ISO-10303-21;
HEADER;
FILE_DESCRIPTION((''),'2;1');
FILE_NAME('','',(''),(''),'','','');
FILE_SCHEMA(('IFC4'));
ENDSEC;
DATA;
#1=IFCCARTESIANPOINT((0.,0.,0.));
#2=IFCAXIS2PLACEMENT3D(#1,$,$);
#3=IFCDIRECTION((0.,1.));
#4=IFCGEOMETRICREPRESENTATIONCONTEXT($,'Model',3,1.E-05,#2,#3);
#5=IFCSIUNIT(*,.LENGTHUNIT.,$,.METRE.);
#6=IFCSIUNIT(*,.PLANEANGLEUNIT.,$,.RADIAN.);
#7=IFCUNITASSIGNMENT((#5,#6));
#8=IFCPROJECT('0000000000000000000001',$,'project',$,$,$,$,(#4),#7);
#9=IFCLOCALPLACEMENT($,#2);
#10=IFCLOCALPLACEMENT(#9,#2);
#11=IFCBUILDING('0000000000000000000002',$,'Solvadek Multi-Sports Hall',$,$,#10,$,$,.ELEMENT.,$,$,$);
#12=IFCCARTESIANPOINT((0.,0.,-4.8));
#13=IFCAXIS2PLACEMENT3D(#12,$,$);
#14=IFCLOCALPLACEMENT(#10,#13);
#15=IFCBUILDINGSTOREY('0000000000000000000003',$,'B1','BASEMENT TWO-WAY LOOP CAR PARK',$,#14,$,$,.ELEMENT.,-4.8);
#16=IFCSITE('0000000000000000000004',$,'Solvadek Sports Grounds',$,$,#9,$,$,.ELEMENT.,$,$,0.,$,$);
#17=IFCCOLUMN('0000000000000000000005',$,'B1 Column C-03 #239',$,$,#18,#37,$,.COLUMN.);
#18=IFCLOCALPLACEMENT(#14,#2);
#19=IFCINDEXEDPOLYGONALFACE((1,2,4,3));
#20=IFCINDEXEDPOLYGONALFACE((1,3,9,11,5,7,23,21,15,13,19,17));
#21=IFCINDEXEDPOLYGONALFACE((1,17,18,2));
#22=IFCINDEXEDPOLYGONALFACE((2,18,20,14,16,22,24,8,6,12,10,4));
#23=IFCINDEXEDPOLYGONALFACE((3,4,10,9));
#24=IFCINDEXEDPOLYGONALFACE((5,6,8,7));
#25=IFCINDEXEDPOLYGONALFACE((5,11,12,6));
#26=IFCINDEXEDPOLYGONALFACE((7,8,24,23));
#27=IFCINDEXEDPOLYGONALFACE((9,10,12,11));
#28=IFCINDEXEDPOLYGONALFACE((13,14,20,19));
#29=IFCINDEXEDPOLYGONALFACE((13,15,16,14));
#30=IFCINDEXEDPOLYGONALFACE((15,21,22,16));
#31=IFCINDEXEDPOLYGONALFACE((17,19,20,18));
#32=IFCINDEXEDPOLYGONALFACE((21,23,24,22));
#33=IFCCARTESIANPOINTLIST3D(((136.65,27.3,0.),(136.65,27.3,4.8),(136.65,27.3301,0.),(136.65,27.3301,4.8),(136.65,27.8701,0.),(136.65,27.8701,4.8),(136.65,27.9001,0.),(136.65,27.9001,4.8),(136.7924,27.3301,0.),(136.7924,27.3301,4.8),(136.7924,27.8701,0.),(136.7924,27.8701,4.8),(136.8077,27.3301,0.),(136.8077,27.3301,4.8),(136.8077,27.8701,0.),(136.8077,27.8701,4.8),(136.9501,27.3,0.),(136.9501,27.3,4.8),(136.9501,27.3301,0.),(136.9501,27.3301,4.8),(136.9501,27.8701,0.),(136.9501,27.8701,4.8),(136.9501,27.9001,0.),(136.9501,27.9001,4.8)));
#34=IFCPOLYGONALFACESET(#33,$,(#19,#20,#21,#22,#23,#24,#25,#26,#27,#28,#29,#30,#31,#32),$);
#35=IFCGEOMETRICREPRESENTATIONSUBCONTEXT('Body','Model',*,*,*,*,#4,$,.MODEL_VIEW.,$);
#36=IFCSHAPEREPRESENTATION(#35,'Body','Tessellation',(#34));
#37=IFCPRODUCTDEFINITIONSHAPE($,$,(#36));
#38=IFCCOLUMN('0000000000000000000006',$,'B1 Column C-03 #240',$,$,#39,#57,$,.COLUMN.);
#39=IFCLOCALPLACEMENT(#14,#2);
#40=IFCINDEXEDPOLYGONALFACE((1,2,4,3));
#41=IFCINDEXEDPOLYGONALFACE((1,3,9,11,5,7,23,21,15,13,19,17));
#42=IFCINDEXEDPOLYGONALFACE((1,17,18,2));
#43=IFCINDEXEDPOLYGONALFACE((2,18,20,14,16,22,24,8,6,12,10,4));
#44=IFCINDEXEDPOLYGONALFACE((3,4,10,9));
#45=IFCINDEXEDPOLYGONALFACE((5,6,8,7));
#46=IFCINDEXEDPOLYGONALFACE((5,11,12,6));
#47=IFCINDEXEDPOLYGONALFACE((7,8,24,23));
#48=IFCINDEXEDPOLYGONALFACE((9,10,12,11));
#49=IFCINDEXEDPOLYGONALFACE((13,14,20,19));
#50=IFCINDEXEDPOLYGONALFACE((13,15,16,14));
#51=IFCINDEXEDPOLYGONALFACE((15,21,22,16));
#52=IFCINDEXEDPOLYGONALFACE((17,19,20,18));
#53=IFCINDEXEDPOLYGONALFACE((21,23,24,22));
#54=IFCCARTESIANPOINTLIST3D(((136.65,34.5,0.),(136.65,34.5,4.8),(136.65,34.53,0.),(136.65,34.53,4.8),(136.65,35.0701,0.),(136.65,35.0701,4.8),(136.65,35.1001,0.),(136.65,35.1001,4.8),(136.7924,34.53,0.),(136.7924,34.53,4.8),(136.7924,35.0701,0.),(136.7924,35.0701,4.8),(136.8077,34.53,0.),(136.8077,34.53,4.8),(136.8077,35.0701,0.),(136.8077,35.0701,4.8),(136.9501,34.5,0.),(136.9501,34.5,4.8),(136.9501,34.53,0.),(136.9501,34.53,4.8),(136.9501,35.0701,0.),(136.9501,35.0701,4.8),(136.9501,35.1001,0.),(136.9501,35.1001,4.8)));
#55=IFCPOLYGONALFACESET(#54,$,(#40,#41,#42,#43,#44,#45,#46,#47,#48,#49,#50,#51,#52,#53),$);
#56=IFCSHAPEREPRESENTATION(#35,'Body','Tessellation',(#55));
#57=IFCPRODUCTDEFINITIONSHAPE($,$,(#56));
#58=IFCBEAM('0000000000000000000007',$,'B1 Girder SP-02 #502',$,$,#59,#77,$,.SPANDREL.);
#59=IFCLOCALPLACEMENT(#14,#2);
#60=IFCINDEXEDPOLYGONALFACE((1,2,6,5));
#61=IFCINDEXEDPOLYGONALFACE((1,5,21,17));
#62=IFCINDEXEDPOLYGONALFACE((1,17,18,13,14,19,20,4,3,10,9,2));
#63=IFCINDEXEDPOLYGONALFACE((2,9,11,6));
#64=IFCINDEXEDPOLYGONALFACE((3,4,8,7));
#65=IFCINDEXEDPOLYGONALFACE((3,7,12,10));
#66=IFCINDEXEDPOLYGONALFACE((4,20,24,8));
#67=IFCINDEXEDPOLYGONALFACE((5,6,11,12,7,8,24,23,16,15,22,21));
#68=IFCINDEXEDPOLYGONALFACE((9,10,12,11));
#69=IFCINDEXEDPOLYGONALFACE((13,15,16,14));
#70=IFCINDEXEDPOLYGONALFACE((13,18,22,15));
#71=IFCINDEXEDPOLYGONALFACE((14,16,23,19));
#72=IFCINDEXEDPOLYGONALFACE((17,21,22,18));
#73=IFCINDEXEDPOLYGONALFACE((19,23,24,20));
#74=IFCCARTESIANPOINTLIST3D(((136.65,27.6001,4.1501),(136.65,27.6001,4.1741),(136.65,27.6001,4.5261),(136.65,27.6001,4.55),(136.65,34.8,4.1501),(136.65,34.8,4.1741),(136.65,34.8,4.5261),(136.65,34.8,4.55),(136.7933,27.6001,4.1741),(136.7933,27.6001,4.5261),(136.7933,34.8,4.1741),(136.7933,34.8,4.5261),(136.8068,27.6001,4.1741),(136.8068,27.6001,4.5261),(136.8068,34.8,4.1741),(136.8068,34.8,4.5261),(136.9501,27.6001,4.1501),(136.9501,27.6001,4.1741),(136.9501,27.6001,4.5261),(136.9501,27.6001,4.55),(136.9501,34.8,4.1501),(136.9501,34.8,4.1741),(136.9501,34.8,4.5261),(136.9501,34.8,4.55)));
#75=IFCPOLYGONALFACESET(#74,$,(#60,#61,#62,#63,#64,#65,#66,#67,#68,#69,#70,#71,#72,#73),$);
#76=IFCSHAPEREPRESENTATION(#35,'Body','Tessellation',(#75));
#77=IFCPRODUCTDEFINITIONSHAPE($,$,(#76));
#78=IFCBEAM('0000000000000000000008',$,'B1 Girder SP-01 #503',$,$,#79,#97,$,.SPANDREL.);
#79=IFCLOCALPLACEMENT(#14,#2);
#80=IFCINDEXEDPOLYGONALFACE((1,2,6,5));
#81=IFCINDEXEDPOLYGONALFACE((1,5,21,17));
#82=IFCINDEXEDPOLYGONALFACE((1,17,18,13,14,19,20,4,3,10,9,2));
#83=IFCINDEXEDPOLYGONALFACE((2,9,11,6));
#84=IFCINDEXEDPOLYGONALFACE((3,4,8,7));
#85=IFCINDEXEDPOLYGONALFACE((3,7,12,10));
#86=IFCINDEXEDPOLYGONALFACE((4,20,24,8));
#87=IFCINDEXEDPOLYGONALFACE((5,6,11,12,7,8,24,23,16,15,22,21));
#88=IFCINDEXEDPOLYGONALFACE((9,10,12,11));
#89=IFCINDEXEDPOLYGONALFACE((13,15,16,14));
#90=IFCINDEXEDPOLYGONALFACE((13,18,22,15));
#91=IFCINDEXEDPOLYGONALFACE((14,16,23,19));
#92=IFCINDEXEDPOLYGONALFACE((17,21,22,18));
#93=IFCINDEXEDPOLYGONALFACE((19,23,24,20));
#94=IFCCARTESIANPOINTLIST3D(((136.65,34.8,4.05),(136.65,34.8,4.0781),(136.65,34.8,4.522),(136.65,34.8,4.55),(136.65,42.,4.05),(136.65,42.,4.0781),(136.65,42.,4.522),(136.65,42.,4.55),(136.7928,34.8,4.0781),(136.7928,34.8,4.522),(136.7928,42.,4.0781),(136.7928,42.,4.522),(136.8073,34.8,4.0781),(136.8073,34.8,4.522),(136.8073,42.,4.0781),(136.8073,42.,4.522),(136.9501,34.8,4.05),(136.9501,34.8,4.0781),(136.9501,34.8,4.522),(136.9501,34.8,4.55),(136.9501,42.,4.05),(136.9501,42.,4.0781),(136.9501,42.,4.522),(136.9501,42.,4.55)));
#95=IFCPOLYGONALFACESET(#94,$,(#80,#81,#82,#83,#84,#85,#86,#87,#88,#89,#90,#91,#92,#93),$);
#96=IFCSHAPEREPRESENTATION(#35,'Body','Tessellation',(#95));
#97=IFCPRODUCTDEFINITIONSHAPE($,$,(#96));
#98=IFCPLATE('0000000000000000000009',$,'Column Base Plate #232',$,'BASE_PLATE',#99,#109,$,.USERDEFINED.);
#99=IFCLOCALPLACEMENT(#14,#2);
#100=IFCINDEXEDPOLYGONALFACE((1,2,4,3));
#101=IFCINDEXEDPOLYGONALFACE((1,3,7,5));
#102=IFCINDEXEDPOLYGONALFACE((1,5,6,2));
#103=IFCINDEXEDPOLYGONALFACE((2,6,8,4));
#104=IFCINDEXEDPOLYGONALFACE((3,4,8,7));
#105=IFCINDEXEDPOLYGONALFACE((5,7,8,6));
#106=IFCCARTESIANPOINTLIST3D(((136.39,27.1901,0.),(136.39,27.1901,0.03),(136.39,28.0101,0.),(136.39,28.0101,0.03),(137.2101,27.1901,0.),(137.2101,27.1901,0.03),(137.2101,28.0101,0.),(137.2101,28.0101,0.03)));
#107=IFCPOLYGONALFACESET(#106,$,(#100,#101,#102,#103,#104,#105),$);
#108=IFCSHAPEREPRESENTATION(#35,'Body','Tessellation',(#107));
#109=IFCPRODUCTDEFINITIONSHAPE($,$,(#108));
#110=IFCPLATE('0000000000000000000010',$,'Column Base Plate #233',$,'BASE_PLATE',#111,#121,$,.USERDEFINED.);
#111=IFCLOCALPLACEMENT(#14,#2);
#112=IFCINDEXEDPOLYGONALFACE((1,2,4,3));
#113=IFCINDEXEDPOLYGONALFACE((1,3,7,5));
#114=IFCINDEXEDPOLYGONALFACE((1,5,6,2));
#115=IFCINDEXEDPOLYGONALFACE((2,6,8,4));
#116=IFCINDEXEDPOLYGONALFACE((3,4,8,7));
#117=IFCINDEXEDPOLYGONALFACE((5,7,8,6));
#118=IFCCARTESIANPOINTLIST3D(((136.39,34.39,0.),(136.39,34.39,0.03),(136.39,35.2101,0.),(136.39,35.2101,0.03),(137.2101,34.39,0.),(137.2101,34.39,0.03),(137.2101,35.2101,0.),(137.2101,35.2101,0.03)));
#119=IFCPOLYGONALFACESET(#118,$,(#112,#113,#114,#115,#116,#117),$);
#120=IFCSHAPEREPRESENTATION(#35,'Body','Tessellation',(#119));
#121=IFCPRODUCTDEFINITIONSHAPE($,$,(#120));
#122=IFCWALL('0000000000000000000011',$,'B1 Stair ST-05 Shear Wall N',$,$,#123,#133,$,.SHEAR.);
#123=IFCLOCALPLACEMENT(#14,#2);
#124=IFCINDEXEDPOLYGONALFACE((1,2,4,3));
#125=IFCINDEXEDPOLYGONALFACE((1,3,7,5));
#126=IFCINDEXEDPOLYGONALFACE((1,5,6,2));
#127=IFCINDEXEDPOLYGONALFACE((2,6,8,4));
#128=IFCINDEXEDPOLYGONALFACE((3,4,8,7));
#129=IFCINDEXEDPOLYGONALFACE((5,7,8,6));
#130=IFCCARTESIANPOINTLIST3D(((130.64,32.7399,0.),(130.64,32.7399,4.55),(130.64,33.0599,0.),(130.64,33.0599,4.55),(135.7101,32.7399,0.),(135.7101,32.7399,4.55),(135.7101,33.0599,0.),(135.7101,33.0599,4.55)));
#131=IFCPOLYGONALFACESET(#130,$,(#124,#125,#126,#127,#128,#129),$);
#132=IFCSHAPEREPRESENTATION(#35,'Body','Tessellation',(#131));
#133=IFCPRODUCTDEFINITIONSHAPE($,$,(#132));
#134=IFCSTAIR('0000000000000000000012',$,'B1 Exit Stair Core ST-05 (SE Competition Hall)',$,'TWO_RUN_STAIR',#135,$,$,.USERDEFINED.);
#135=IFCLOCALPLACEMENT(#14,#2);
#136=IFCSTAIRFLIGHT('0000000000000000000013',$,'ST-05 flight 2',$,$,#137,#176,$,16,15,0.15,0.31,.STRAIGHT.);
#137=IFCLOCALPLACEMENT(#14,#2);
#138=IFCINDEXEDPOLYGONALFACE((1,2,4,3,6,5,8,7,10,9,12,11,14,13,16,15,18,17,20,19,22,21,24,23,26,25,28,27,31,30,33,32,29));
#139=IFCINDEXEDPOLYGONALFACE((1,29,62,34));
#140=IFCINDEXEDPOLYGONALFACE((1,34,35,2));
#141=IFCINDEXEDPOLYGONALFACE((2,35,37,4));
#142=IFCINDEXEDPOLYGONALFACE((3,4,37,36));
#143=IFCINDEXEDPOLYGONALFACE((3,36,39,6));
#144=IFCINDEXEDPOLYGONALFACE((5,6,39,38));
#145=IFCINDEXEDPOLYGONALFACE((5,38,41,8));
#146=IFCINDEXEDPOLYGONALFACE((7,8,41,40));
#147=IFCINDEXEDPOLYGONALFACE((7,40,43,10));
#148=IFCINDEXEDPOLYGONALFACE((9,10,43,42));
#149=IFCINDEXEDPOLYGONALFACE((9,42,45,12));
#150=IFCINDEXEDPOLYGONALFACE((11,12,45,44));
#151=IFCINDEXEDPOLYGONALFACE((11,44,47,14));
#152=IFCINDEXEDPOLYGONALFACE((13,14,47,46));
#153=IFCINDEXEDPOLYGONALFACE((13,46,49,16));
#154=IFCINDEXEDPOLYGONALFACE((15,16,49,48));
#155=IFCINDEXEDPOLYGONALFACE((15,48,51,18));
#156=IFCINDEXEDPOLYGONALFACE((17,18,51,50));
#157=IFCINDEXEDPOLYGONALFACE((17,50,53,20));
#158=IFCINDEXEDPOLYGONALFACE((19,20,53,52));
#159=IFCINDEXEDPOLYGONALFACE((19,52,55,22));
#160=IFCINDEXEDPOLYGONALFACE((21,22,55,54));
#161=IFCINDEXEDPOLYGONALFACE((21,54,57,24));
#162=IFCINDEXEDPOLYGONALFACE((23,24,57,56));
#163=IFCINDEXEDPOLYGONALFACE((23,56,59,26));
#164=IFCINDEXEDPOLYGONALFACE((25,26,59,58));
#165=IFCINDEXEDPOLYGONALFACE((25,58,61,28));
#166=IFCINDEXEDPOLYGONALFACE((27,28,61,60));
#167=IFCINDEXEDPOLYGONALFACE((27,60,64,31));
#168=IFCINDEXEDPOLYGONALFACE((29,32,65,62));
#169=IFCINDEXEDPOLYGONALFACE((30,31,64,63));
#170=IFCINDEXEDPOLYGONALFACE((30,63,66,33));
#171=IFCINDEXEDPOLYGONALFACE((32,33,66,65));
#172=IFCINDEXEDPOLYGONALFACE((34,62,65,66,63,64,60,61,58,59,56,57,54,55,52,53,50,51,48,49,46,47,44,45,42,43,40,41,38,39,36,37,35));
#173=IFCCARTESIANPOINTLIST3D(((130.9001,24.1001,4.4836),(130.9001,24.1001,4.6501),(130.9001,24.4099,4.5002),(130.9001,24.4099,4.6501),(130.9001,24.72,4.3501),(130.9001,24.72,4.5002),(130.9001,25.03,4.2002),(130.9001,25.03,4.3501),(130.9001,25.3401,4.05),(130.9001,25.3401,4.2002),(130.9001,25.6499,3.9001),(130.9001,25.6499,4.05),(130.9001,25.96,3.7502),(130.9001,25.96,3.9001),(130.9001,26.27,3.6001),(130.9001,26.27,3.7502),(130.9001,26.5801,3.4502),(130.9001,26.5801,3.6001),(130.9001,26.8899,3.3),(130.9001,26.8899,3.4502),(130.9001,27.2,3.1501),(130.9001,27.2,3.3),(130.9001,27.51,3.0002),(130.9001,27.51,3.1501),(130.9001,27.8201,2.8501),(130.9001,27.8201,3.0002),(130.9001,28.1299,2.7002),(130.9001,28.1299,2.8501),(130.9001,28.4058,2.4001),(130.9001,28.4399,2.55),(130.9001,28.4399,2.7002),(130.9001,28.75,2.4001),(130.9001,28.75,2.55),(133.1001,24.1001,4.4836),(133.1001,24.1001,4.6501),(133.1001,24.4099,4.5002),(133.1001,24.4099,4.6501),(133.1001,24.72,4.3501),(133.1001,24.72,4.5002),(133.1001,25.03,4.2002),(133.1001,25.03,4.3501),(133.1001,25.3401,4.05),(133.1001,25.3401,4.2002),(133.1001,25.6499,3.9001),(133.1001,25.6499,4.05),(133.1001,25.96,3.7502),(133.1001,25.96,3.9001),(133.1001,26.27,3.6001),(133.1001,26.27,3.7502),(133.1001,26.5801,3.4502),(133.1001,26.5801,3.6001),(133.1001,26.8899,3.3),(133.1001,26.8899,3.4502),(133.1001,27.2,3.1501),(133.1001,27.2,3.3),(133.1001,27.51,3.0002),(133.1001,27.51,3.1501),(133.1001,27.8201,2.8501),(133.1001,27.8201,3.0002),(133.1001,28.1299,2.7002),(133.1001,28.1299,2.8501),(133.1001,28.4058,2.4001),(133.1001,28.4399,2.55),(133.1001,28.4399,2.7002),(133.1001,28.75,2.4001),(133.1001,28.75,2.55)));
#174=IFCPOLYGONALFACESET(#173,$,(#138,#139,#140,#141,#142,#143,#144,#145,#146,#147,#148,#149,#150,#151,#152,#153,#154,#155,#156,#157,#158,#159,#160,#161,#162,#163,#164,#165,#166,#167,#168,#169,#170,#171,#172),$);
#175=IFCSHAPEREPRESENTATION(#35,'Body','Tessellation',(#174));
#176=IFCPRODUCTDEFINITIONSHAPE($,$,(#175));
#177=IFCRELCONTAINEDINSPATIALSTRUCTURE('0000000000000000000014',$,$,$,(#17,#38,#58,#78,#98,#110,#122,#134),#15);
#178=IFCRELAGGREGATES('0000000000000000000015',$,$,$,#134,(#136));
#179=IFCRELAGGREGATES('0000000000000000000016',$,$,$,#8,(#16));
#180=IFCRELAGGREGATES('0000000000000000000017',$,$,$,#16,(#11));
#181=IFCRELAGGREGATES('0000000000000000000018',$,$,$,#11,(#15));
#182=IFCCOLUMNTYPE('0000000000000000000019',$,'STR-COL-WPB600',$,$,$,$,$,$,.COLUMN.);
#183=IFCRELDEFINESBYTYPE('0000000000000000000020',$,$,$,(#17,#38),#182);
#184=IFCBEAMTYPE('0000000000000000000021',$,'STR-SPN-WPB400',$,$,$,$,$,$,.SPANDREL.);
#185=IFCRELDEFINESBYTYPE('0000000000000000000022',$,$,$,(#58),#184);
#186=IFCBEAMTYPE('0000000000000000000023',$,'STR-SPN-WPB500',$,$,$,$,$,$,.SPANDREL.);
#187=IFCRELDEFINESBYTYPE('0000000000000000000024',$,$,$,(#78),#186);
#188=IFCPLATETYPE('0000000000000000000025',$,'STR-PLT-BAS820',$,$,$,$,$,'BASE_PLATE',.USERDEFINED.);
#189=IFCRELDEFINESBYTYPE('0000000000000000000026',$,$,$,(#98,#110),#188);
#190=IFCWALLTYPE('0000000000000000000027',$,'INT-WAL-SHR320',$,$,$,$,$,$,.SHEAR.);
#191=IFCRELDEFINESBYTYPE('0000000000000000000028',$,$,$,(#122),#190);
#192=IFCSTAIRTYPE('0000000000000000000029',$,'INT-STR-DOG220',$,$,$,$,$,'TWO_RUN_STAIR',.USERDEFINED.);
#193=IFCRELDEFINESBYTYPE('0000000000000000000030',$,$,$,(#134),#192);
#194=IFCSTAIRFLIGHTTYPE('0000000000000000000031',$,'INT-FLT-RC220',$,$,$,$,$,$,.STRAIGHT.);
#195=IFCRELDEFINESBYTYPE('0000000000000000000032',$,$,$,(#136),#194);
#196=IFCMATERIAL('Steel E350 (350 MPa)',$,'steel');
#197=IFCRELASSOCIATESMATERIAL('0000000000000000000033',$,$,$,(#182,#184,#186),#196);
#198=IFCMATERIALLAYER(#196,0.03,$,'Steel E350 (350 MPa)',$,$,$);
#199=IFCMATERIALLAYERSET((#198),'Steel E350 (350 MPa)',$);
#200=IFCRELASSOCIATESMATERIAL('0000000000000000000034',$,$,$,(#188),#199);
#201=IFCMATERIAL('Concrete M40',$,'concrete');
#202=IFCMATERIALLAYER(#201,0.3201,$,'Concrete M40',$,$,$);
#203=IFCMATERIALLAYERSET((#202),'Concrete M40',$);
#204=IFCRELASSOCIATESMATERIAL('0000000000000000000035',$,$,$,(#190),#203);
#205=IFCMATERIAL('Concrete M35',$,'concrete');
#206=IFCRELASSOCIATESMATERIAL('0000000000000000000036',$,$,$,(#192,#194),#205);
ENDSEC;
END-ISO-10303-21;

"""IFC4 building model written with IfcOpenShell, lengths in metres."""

from ifc_helpers import new_model, si_unit, direction, frame, frame_2d, origin, origin_2d, place, context, subcontext, project, spatial, polyline, rectangle, i_section, outline, extrude, material, layer, layer_set, material_profile, profile_set, type_object, element, aggregate, save


model = new_model("IFC4")

# Units and contexts
model_context = context("Model", 3, precision=1e-05, world=origin(), true_north=direction((0.0, 1.0)))
body_context = subcontext(model_context, "Body", "Model", "MODEL_VIEW")
ifc_project = project(units=[si_unit("LENGTHUNIT", "METRE"), si_unit("PLANEANGLEUNIT", "RADIAN")], contexts=[model_context])

# Site, building, storey
site_placement = place(None, origin())
site = spatial("IfcSite", under=ifc_project, at=site_placement, Name="Solvadek Sports Grounds", CompositionType="ELEMENT", RefElevation=0.0)
building_placement = place(site_placement, origin())
building = spatial("IfcBuilding", under=site, at=building_placement, Name="Solvadek Multi-Sports Hall", CompositionType="ELEMENT")
storey_placement = place(building_placement, frame((0.0, 0.0, -4.8)))
storey = spatial("IfcBuildingStorey", under=building, at=storey_placement, Name="B1", Description="BASEMENT TWO-WAY LOOP CAR PARK", CompositionType="ELEMENT", Elevation=-4.8)

# Shared definitions
ifc_material_1 = material(Name="Concrete M40", Category="concrete")

# Shared definitions
ifc_material_2 = material(Name="Concrete M35", Category="concrete")

# Columns
ifc_material_3 = material(Name="Steel E350 (350 MPa)", Category="steel")
ifc_material_profile_1 = material_profile(ifc_material_3, i_section(OverallWidth=0.3, OverallDepth=0.6001, WebThickness=0.0154, FlangeThickness=0.03, at=origin_2d()), Name="WPB 600")
ifc_profile_set_1 = profile_set([ifc_material_profile_1], Name="Steel E350 (350 MPa)")
column_type = type_object("IfcColumnType", Name="STR-COL-WPB600", PredefinedType="COLUMN", material=ifc_profile_set_1)
for number, where, z_axis, x_axis, name in (
    (1, (136.8, 27.6001, 0.0), (0.0, 0.0, 1.0), (1.0, 0.0, 0.0), "B1 Column C-03 #239"),
    (2, (136.8, 34.8, 0.0), (0.0, 0.0, 1.0), (1.0, 0.0, 0.0), "B1 Column C-03 #240"),
):
    element("IfcColumn", number, at=place(storey_placement, frame(where, z_axis=z_axis, x_axis=x_axis)), inside=storey, type_object=column_type, Name=name, PredefinedType="COLUMN", context=body_context, shape_type="SweptSolid", body=[
        extrude(i_section(OverallWidth=0.3, OverallDepth=0.6001, WebThickness=0.0154, FlangeThickness=0.03, at=origin_2d()), origin(), (0.0, 0.0, 1.0), 4.8),
    ])

# Beams
ifc_material_profile_2 = material_profile(ifc_material_3, i_section(OverallWidth=0.3, OverallDepth=0.3999, WebThickness=0.0134, FlangeThickness=0.0239, at=origin_2d()), Name="WPB 400")
ifc_profile_set_2 = profile_set([ifc_material_profile_2], Name="Steel E350 (350 MPa)")
beam_type_1 = type_object("IfcBeamType", Name="STR-SPN-WPB400", PredefinedType="SPANDREL", material=ifc_profile_set_2)
beam_1_placement = place(storey_placement, frame((136.8, 27.6001, 4.3501), z_axis=(0.0, 1.0, 0.0), x_axis=(-1.0, 0.0, 0.0)))
element("IfcBeam", 3, at=beam_1_placement, inside=storey, type_object=beam_type_1, Name="B1 Girder SP-02 #502", PredefinedType="SPANDREL", context=body_context, shape_type="SweptSolid", body=[
    extrude(i_section(OverallWidth=0.3, OverallDepth=0.3999, WebThickness=0.0134, FlangeThickness=0.0239, at=origin_2d()), origin(), (0.0, 0.0, 1.0), 7.2),
])
ifc_material_profile_3 = material_profile(ifc_material_3, i_section(OverallWidth=0.3, OverallDepth=0.5, WebThickness=0.0144, FlangeThickness=0.0281, at=origin_2d()), Name="WPB 500")
ifc_profile_set_3 = profile_set([ifc_material_profile_3], Name="Steel E350 (350 MPa)")
beam_type_2 = type_object("IfcBeamType", Name="STR-SPN-WPB500", PredefinedType="SPANDREL", material=ifc_profile_set_3)
beam_2_placement = place(storey_placement, frame((136.8, 34.8, 4.3), z_axis=(0.0, 1.0, 0.0), x_axis=(-1.0, 0.0, 0.0)))
element("IfcBeam", 4, at=beam_2_placement, inside=storey, type_object=beam_type_2, Name="B1 Girder SP-01 #503", PredefinedType="SPANDREL", context=body_context, shape_type="SweptSolid", body=[
    extrude(i_section(OverallWidth=0.3, OverallDepth=0.5, WebThickness=0.0144, FlangeThickness=0.0281, at=origin_2d()), origin(), (0.0, 0.0, 1.0), 7.2),
])

# Plates
ifc_layer_1 = layer(ifc_material_3, 0.03, Name="Steel E350 (350 MPa)")
ifc_layer_set_1 = layer_set([ifc_layer_1], Name="Steel E350 (350 MPa)")
plate_type = type_object("IfcPlateType", Name="STR-PLT-BAS820", ElementType="BASE_PLATE", PredefinedType="USERDEFINED", material=ifc_layer_set_1)
for number, where, z_axis, x_axis, name in (
    (5, (136.8, 27.6001, 0.0), (0.0, 0.0, 1.0), (1.0, 0.0, 0.0), "Column Base Plate #232"),
    (6, (136.8, 34.8, 0.0), (0.0, 0.0, 1.0), (1.0, 0.0, 0.0), "Column Base Plate #233"),
):
    element("IfcPlate", number, at=place(storey_placement, frame(where, z_axis=z_axis, x_axis=x_axis)), inside=storey, type_object=plate_type, Name=name, ObjectType="BASE_PLATE", PredefinedType="USERDEFINED", context=body_context, shape_type="SweptSolid", body=[
        extrude(rectangle(XDim=0.8201, YDim=0.8201, at=origin_2d()), origin(), (0.0, 0.0, 1.0), 0.03),
    ])

# Wall
ifc_layer_2 = layer(ifc_material_1, 0.3201, Name="Concrete M40")
ifc_layer_set_2 = layer_set([ifc_layer_2], Name="Concrete M40")
wall_type = type_object("IfcWallType", Name="INT-WAL-SHR320", PredefinedType="SHEAR", material=ifc_layer_set_2)
wall_placement = place(storey_placement, frame((130.6399, 32.8999, 0.0), z_axis=(0.0, 0.0, 1.0), x_axis=(1.0, 0.0, 0.0)))
element("IfcWall", 7, at=wall_placement, inside=storey, type_object=wall_type, Name="B1 Stair ST-05 Shear Wall N", PredefinedType="SHEAR", context=body_context, shape_type="SweptSolid", body=[
    extrude(rectangle(XDim=5.0701, YDim=0.3201, at=frame_2d((2.5352, 0.0))), origin(), (0.0, 0.0, 1.0), 4.55),
])

# Stair, stair flight
stair_type = type_object("IfcStairType", Name="INT-STR-DOG220", ElementType="TWO_RUN_STAIR", PredefinedType="USERDEFINED", material=ifc_material_2)
stair_placement = place(storey_placement, origin())
stair = element("IfcStair", 8, at=stair_placement, inside=storey, type_object=stair_type, Name="B1 Exit Stair Core ST-05 (SE Competition Hall)", ObjectType="TWO_RUN_STAIR", PredefinedType="USERDEFINED")
stair_flight_type = type_object("IfcStairFlightType", Name="INT-FLT-RC220", PredefinedType="STRAIGHT", material=ifc_material_2)
stair_flight_placement = place(storey_placement, frame((132.0, 28.75, 2.4001), z_axis=(0.0, 0.0, 1.0), x_axis=(0.0, -1.0, 0.0)))
stair_flight = element("IfcStairFlight", 9, at=stair_flight_placement, type_object=stair_flight_type, Name="ST-05 flight 2", NumberOfRisers=16, NumberOfTreads=15, PredefinedType="STRAIGHT", RiserHeight=0.15, TreadLength=0.31, context=body_context, shape_type="SweptSolid", body=[
    extrude(outline(polyline([(0.0, 0.0), (0.0, 0.1499), (0.3101, 0.1499), (0.3101, 0.3), (0.6201, 0.3), (0.6201, 0.45), (0.9299, 0.45), (0.9299, 0.6001), (1.24, 0.6001), (1.24, 0.75), (1.55, 0.75), (1.55, 0.8999), (1.8601, 0.8999), (1.8601, 1.05), (2.1699, 1.05), (2.1699, 1.2), (2.48, 1.2), (2.48, 1.3501), (2.79, 1.3501), (2.79, 1.5), (3.1001, 1.5), (3.1001, 1.6499), (3.4099, 1.6499), (3.4099, 1.8), (3.72, 1.8), (3.72, 1.95), (4.03, 1.95), (4.03, 2.1001), (4.3401, 2.1001), (4.3401, 2.25), (4.6499, 2.25), (4.6499, 2.3999), (4.6499, 2.0835), (0.3442, 0.0), (0.0, 0.0)])), frame((0.0, 1.1001, 0.0), z_axis=(0.0, -1.0, 0.0), x_axis=(1.0, 0.0, 0.0)), (0.0, 0.0, 1.0), 2.2),
])
aggregate(stair, [stair_flight])

save(model, "model.ifc")
